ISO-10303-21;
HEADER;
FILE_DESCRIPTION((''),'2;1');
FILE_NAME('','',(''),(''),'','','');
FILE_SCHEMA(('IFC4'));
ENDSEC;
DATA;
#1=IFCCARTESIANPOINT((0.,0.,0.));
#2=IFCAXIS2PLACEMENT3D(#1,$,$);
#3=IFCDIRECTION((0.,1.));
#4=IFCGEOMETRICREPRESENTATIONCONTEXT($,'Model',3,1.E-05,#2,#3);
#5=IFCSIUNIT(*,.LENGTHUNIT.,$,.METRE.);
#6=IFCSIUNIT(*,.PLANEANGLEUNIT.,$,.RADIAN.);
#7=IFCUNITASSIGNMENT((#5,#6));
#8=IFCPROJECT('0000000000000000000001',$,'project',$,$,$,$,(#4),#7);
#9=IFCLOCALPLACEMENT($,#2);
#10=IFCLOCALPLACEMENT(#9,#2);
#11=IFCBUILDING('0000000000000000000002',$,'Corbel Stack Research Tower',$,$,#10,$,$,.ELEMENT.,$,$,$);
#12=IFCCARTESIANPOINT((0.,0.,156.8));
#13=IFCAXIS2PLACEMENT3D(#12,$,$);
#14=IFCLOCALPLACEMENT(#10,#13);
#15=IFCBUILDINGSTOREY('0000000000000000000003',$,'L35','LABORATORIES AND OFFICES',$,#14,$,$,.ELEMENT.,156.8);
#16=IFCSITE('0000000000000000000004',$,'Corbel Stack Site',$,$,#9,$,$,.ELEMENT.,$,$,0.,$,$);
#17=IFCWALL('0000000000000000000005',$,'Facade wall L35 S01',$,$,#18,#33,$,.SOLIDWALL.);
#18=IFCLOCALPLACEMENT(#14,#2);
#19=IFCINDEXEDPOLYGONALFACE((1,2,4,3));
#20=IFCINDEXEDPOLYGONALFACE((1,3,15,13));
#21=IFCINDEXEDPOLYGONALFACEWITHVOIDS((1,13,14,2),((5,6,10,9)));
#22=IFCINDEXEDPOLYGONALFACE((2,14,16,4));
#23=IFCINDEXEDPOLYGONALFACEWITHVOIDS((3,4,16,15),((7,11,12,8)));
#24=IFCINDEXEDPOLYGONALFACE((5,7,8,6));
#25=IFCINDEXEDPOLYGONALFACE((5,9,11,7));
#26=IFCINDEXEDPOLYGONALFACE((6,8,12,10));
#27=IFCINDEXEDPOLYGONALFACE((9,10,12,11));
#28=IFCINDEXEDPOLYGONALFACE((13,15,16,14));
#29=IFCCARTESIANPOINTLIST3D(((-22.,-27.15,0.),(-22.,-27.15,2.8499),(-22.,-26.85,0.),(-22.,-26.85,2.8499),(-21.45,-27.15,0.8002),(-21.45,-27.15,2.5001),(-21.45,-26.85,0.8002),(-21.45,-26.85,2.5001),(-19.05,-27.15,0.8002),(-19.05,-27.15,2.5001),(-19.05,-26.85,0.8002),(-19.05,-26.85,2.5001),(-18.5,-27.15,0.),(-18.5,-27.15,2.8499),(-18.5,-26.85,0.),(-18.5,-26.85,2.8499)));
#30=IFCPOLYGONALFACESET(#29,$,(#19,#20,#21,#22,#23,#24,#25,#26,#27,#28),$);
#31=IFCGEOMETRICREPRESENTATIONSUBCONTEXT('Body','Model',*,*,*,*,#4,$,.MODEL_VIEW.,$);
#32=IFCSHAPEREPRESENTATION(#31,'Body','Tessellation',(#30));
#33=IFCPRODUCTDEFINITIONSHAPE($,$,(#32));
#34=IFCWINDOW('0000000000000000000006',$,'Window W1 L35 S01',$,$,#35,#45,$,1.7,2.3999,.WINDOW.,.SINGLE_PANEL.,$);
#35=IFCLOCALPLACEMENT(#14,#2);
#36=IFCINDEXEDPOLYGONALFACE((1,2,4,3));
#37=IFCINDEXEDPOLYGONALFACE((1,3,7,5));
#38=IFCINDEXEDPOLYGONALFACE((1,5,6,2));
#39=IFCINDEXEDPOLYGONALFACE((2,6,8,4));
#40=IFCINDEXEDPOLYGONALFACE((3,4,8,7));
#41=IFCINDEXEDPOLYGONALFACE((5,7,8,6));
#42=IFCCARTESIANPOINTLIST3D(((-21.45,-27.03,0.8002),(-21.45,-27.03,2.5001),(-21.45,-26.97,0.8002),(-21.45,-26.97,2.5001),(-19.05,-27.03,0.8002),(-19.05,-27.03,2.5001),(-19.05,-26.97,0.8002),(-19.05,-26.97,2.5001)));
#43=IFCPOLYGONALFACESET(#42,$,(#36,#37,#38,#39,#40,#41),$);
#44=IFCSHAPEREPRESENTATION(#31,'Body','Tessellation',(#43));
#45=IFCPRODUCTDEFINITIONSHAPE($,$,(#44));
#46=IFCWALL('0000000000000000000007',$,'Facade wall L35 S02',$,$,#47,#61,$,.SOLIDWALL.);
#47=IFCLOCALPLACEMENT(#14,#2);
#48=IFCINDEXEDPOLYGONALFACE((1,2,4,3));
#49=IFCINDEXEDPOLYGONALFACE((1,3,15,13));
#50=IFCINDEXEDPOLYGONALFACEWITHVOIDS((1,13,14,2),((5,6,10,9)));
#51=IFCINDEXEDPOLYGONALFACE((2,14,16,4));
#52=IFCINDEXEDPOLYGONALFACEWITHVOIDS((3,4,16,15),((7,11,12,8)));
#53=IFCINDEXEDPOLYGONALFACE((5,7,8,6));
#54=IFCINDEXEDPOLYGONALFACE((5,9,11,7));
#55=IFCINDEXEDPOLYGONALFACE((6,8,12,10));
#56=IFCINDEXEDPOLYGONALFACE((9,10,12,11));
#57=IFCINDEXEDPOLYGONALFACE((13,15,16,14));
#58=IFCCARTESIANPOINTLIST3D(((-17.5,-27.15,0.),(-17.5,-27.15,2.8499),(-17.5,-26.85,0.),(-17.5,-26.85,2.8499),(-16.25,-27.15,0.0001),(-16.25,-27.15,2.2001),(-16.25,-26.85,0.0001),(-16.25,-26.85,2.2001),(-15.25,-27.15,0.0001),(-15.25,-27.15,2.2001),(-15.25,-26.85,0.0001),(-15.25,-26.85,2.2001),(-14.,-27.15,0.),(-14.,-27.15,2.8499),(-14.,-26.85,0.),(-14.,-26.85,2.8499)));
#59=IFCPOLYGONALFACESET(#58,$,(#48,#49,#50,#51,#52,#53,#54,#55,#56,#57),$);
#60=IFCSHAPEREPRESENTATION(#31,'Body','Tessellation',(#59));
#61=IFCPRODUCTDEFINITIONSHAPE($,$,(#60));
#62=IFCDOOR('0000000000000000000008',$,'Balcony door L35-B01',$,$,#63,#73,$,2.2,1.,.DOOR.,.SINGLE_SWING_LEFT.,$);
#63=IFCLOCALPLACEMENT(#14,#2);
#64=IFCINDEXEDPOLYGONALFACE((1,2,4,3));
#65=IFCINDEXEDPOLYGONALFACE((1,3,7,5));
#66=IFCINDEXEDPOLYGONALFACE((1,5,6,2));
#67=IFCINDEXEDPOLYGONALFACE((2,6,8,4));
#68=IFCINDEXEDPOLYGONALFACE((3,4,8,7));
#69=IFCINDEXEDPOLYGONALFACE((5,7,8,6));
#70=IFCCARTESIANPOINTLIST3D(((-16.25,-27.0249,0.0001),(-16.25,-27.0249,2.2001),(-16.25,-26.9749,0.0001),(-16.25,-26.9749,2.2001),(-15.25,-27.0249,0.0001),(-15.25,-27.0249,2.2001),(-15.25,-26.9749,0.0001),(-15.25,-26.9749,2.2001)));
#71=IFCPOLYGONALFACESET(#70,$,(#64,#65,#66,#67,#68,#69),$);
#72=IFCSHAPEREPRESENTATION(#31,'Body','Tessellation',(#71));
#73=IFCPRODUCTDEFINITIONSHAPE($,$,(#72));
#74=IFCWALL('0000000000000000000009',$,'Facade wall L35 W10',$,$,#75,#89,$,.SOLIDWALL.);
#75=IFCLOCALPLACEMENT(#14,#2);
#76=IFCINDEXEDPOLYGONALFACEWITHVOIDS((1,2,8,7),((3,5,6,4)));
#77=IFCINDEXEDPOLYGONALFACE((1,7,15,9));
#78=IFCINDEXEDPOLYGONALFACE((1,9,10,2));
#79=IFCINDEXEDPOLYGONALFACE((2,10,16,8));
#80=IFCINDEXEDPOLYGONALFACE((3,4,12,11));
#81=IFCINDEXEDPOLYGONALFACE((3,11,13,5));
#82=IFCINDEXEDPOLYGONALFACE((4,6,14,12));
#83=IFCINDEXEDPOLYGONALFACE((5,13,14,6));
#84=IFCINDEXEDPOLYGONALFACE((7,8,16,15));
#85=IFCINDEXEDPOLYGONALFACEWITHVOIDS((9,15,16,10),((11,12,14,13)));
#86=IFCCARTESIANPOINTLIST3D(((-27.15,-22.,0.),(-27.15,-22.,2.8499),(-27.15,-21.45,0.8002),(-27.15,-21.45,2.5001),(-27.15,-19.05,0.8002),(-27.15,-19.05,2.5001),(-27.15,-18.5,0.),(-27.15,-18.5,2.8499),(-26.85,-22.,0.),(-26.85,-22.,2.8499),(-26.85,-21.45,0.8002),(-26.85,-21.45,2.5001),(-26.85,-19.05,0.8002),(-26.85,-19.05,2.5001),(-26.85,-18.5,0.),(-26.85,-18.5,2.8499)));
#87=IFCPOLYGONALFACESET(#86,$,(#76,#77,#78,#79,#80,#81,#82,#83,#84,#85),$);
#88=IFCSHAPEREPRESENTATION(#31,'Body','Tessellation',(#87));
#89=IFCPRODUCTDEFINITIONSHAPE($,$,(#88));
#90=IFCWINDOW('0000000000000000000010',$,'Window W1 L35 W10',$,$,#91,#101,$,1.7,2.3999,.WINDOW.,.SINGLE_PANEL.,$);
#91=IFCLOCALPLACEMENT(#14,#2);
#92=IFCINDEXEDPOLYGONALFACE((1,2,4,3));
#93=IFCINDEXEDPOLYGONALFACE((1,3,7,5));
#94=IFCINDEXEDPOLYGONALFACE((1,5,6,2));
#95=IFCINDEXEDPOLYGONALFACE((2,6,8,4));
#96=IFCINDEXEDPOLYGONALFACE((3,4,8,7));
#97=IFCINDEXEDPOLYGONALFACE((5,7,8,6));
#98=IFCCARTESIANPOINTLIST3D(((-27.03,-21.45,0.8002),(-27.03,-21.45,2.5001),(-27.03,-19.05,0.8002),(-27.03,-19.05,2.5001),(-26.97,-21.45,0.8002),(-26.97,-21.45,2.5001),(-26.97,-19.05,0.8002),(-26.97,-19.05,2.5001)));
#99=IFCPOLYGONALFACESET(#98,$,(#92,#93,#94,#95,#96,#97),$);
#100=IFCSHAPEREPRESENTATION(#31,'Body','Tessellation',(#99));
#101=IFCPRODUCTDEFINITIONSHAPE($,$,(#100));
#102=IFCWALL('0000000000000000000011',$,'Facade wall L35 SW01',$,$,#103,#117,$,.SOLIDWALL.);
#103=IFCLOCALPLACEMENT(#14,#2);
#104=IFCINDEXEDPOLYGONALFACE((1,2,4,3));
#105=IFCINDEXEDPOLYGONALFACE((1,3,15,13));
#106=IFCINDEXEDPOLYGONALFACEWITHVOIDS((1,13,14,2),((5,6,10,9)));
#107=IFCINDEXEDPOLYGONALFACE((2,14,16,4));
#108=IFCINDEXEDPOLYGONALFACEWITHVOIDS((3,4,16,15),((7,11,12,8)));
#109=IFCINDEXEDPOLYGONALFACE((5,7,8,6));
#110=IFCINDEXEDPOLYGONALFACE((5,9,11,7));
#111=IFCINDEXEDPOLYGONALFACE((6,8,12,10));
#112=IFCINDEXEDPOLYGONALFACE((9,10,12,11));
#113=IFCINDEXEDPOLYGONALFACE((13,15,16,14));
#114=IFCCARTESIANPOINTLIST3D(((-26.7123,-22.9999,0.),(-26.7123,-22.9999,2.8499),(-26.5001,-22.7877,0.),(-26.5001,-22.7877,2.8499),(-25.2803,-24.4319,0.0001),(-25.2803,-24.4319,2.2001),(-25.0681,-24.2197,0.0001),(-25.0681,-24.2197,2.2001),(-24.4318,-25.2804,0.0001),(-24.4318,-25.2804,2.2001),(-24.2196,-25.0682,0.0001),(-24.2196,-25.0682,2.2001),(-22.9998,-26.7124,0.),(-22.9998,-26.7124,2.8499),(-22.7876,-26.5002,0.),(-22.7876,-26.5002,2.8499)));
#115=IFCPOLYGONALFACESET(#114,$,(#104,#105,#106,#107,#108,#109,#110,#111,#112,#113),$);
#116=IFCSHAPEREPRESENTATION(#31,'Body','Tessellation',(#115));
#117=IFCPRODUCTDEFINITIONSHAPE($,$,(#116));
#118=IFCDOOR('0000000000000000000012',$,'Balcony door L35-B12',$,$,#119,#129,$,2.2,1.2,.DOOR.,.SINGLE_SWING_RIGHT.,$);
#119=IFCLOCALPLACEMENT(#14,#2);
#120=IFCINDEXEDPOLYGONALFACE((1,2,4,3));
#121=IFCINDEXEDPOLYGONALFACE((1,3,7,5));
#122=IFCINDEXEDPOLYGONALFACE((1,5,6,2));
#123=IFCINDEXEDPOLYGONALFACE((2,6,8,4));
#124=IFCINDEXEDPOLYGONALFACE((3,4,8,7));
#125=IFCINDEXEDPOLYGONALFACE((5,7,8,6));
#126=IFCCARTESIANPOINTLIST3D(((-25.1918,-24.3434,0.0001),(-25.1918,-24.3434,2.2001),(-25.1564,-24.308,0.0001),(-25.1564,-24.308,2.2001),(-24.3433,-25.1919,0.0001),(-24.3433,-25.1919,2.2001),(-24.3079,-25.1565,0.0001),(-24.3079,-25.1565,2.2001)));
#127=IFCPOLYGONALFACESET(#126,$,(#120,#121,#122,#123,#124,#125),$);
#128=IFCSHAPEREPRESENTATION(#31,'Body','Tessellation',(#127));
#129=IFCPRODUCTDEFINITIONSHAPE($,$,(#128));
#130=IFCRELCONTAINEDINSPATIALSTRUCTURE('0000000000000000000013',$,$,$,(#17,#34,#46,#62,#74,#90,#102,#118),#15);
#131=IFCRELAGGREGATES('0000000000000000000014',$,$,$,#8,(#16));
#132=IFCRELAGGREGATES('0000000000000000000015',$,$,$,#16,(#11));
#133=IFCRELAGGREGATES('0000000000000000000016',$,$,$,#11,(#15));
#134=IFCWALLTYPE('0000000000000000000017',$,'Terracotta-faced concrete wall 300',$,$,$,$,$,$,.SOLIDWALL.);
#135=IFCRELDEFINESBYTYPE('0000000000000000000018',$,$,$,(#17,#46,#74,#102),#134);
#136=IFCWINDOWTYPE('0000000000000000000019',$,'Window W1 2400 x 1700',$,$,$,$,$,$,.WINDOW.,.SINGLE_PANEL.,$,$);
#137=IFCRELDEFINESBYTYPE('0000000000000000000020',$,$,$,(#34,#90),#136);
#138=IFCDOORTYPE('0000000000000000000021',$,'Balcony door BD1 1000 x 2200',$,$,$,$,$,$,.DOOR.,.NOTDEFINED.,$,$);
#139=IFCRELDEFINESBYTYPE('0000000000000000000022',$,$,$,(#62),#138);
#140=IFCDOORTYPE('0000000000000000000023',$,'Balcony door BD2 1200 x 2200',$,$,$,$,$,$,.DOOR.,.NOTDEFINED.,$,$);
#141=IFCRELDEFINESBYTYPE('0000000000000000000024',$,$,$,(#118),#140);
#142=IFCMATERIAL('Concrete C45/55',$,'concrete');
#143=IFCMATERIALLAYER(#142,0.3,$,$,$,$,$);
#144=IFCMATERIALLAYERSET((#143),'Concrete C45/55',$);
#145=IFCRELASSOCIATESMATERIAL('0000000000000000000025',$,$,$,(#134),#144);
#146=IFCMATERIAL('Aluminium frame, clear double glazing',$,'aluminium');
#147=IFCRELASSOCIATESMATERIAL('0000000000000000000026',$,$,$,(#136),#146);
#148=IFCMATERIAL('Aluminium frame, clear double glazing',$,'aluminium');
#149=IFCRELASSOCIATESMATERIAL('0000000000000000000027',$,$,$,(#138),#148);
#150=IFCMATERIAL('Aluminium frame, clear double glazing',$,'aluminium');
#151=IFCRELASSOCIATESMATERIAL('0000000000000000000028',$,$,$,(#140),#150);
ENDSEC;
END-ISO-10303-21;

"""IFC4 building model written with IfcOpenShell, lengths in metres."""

from ifc_helpers import new_model, si_unit, direction, frame, frame_2d, origin, place, context, subcontext, project, spatial, rectangle, extrude, material, layer, layer_set, type_object, element, fill, save


model = new_model("IFC4")

# Units and contexts
model_context = context("Model", 3, precision=1e-05, world=origin(), true_north=direction((0.0, 1.0)))
body_context = subcontext(model_context, "Body", "Model", "MODEL_VIEW")
ifc_project = project(units=[si_unit("LENGTHUNIT", "METRE"), si_unit("PLANEANGLEUNIT", "RADIAN")], contexts=[model_context])

# Site, building, storey
site_placement = place(None, origin())
site = spatial("IfcSite", under=ifc_project, at=site_placement, Name="Corbel Stack Site", CompositionType="ELEMENT", RefElevation=0.0)
building_placement = place(site_placement, origin())
building = spatial("IfcBuilding", under=site, at=building_placement, Name="Corbel Stack Research Tower", CompositionType="ELEMENT")
storey_placement = place(building_placement, frame((0.0, 0.0, 156.8)))
storey = spatial("IfcBuildingStorey", under=building, at=storey_placement, Name="L35", Description="LABORATORIES AND OFFICES", CompositionType="ELEMENT", Elevation=156.8)

# Wall, opening, window
ifc_material_1 = material(Name="Concrete C45/55", Category="concrete")
ifc_layer_1 = layer(ifc_material_1, 0.3)
ifc_layer_set_1 = layer_set([ifc_layer_1], Name="Concrete C45/55")
wall_type_1 = type_object("IfcWallType", Name="Terracotta-faced concrete wall 300", PredefinedType="SOLIDWALL", material=ifc_layer_set_1)
wall_1_placement = place(storey_placement, frame((-18.5, -27.0, 0.0), z_axis=(0.0, 0.0, 1.0), x_axis=(-1.0, 0.0, 0.0)))
wall_1 = element("IfcWall", 1, at=wall_1_placement, inside=storey, type_object=wall_type_1, Name="Facade wall L35 S01", PredefinedType="SOLIDWALL", context=body_context, shape_type="SweptSolid", body=[
    extrude(rectangle(XDim=3.5, YDim=0.3, at=frame_2d((1.75, 0.0))), origin(), (0.0, 0.0, 1.0), 2.8499),
])
opening_1_placement = place(wall_1_placement, frame((0.55, 0.0, 0.8)))
opening_1 = element("IfcOpeningElement", 2, at=opening_1_placement, cuts=wall_1, PredefinedType="OPENING", context=body_context, shape_type="SweptSolid", body=[
    extrude(rectangle(XDim=2.3999, YDim=1.7, at=frame_2d((1.2, 0.8501))), frame((0.0, 0.1599, 0.0), z_axis=(0.0, -1.0, 0.0), x_axis=(1.0, 0.0, 0.0)), (0.0, 0.0, 1.0), 0.3201),
])
ifc_material_2 = material(Name="Aluminium frame, clear double glazing", Category="aluminium")
window_type = type_object("IfcWindowType", Name="Window W1 2400 x 1700", PartitioningType="SINGLE_PANEL", PredefinedType="WINDOW", material=ifc_material_2)
window_1_placement = place(opening_1_placement, origin())
window_1 = element("IfcWindow", 3, at=window_1_placement, inside=storey, type_object=window_type, Name="Window W1 L35 S01", OverallHeight=1.7, OverallWidth=2.3999, PartitioningType="SINGLE_PANEL", PredefinedType="WINDOW", context=body_context, shape_type="SweptSolid", body=[
    extrude(rectangle(XDim=2.3999, YDim=1.7, at=frame_2d((1.2, 0.8501))), frame((0.0, 0.03, 0.0), z_axis=(0.0, -1.0, 0.0), x_axis=(1.0, 0.0, 0.0)), (0.0, 0.0, 1.0), 0.0601),
])
fill(opening_1, window_1)

# Wall, opening, door
wall_2_placement = place(storey_placement, frame((-14.0, -27.0, 0.0), z_axis=(0.0, 0.0, 1.0), x_axis=(-1.0, 0.0, 0.0)))
wall_2 = element("IfcWall", 4, at=wall_2_placement, inside=storey, type_object=wall_type_1, Name="Facade wall L35 S02", PredefinedType="SOLIDWALL", context=body_context, shape_type="SweptSolid", body=[
    extrude(rectangle(XDim=3.5, YDim=0.3, at=frame_2d((1.75, 0.0))), origin(), (0.0, 0.0, 1.0), 2.8499),
])
opening_2_placement = place(wall_2_placement, frame((1.25, 0.0, 0.0)))
opening_2 = element("IfcOpeningElement", 5, at=opening_2_placement, cuts=wall_2, PredefinedType="OPENING", context=body_context, shape_type="SweptSolid", body=[
    extrude(rectangle(XDim=1.0, YDim=2.2, at=frame_2d((0.5, 1.1001))), frame((0.0, 0.1599, 0.0), z_axis=(0.0, -1.0, 0.0), x_axis=(1.0, 0.0, 0.0)), (0.0, 0.0, 1.0), 0.3201),
])
ifc_material_3 = material(Name="Aluminium frame, clear double glazing", Category="aluminium")
door_type_1 = type_object("IfcDoorType", Name="Balcony door BD1 1000 x 2200", OperationType="NOTDEFINED", PredefinedType="DOOR", material=ifc_material_3)
door_1_placement = place(opening_2_placement, origin())
door_1 = element("IfcDoor", 6, at=door_1_placement, inside=storey, type_object=door_type_1, Name="Balcony door L35-B01", OperationType="SINGLE_SWING_LEFT", OverallHeight=2.2, OverallWidth=1.0, PredefinedType="DOOR", context=body_context, shape_type="SweptSolid", body=[
    extrude(rectangle(XDim=1.0, YDim=2.2, at=frame_2d((0.5, 1.1001))), frame((0.0, 0.0249, 0.0), z_axis=(0.0, -1.0, 0.0), x_axis=(1.0, 0.0, 0.0)), (0.0, 0.0, 1.0), 0.05),
])
fill(opening_2, door_1)

# Wall, opening, window
wall_3_placement = place(storey_placement, frame((-27.0, -22.0, 0.0), z_axis=(0.0, 0.0, 1.0), x_axis=(0.0, 1.0, 0.0)))
wall_3 = element("IfcWall", 7, at=wall_3_placement, inside=storey, type_object=wall_type_1, Name="Facade wall L35 W10", PredefinedType="SOLIDWALL", context=body_context, shape_type="SweptSolid", body=[
    extrude(rectangle(XDim=3.5, YDim=0.3, at=frame_2d((1.75, 0.0))), origin(), (0.0, 0.0, 1.0), 2.8499),
])
opening_3_placement = place(wall_3_placement, frame((0.55, 0.0, 0.8)))
opening_3 = element("IfcOpeningElement", 8, at=opening_3_placement, cuts=wall_3, PredefinedType="OPENING", context=body_context, shape_type="SweptSolid", body=[
    extrude(rectangle(XDim=2.3999, YDim=1.7, at=frame_2d((1.2, 0.8501))), frame((0.0, 0.1599, 0.0), z_axis=(0.0, -1.0, 0.0), x_axis=(1.0, 0.0, 0.0)), (0.0, 0.0, 1.0), 0.3201),
])
window_2_placement = place(opening_3_placement, origin())
window_2 = element("IfcWindow", 9, at=window_2_placement, inside=storey, type_object=window_type, Name="Window W1 L35 W10", OverallHeight=1.7, OverallWidth=2.3999, PartitioningType="SINGLE_PANEL", PredefinedType="WINDOW", context=body_context, shape_type="SweptSolid", body=[
    extrude(rectangle(XDim=2.3999, YDim=1.7, at=frame_2d((1.2, 0.8501))), frame((0.0, 0.03, 0.0), z_axis=(0.0, -1.0, 0.0), x_axis=(1.0, 0.0, 0.0)), (0.0, 0.0, 1.0), 0.0601),
])
fill(opening_3, window_2)

# Wall, opening, door
wall_4_placement = place(storey_placement, frame((-22.8938, -26.6062, 0.0), z_axis=(0.0, 0.0, 1.0), x_axis=(-0.707107, 0.707107, 0.0)))
wall_4 = element("IfcWall", 10, at=wall_4_placement, inside=storey, type_object=wall_type_1, Name="Facade wall L35 SW01", PredefinedType="SOLIDWALL", context=body_context, shape_type="SweptSolid", body=[
    extrude(rectangle(XDim=5.2502, YDim=0.3, at=frame_2d((2.625, 0.0))), origin(), (0.0, 0.0, 1.0), 2.8499),
])
opening_4_placement = place(wall_4_placement, frame((2.0249, 0.0, 0.0)))
opening_4 = element("IfcOpeningElement", 11, at=opening_4_placement, cuts=wall_4, PredefinedType="OPENING", context=body_context, shape_type="SweptSolid", body=[
    extrude(rectangle(XDim=1.2, YDim=2.2, at=frame_2d((0.6001, 1.1001))), frame((0.0, 0.1599, 0.0), z_axis=(0.0, -1.0, 0.0), x_axis=(1.0, 0.0, 0.0)), (0.0, 0.0, 1.0), 0.3201),
])
ifc_material_4 = material(Name="Aluminium frame, clear double glazing", Category="aluminium")
door_type_2 = type_object("IfcDoorType", Name="Balcony door BD2 1200 x 2200", OperationType="NOTDEFINED", PredefinedType="DOOR", material=ifc_material_4)
door_2_placement = place(opening_4_placement, origin())
door_2 = element("IfcDoor", 12, at=door_2_placement, inside=storey, type_object=door_type_2, Name="Balcony door L35-B12", OperationType="SINGLE_SWING_RIGHT", OverallHeight=2.2, OverallWidth=1.2, PredefinedType="DOOR", context=body_context, shape_type="SweptSolid", body=[
    extrude(rectangle(XDim=1.2, YDim=2.2, at=frame_2d((0.6001, 1.1001))), frame((0.0, 0.0249, 0.0), z_axis=(0.0, -1.0, 0.0), x_axis=(1.0, 0.0, 0.0)), (0.0, 0.0, 1.0), 0.05),
])
fill(opening_4, door_2)

save(model, "model.ifc")
